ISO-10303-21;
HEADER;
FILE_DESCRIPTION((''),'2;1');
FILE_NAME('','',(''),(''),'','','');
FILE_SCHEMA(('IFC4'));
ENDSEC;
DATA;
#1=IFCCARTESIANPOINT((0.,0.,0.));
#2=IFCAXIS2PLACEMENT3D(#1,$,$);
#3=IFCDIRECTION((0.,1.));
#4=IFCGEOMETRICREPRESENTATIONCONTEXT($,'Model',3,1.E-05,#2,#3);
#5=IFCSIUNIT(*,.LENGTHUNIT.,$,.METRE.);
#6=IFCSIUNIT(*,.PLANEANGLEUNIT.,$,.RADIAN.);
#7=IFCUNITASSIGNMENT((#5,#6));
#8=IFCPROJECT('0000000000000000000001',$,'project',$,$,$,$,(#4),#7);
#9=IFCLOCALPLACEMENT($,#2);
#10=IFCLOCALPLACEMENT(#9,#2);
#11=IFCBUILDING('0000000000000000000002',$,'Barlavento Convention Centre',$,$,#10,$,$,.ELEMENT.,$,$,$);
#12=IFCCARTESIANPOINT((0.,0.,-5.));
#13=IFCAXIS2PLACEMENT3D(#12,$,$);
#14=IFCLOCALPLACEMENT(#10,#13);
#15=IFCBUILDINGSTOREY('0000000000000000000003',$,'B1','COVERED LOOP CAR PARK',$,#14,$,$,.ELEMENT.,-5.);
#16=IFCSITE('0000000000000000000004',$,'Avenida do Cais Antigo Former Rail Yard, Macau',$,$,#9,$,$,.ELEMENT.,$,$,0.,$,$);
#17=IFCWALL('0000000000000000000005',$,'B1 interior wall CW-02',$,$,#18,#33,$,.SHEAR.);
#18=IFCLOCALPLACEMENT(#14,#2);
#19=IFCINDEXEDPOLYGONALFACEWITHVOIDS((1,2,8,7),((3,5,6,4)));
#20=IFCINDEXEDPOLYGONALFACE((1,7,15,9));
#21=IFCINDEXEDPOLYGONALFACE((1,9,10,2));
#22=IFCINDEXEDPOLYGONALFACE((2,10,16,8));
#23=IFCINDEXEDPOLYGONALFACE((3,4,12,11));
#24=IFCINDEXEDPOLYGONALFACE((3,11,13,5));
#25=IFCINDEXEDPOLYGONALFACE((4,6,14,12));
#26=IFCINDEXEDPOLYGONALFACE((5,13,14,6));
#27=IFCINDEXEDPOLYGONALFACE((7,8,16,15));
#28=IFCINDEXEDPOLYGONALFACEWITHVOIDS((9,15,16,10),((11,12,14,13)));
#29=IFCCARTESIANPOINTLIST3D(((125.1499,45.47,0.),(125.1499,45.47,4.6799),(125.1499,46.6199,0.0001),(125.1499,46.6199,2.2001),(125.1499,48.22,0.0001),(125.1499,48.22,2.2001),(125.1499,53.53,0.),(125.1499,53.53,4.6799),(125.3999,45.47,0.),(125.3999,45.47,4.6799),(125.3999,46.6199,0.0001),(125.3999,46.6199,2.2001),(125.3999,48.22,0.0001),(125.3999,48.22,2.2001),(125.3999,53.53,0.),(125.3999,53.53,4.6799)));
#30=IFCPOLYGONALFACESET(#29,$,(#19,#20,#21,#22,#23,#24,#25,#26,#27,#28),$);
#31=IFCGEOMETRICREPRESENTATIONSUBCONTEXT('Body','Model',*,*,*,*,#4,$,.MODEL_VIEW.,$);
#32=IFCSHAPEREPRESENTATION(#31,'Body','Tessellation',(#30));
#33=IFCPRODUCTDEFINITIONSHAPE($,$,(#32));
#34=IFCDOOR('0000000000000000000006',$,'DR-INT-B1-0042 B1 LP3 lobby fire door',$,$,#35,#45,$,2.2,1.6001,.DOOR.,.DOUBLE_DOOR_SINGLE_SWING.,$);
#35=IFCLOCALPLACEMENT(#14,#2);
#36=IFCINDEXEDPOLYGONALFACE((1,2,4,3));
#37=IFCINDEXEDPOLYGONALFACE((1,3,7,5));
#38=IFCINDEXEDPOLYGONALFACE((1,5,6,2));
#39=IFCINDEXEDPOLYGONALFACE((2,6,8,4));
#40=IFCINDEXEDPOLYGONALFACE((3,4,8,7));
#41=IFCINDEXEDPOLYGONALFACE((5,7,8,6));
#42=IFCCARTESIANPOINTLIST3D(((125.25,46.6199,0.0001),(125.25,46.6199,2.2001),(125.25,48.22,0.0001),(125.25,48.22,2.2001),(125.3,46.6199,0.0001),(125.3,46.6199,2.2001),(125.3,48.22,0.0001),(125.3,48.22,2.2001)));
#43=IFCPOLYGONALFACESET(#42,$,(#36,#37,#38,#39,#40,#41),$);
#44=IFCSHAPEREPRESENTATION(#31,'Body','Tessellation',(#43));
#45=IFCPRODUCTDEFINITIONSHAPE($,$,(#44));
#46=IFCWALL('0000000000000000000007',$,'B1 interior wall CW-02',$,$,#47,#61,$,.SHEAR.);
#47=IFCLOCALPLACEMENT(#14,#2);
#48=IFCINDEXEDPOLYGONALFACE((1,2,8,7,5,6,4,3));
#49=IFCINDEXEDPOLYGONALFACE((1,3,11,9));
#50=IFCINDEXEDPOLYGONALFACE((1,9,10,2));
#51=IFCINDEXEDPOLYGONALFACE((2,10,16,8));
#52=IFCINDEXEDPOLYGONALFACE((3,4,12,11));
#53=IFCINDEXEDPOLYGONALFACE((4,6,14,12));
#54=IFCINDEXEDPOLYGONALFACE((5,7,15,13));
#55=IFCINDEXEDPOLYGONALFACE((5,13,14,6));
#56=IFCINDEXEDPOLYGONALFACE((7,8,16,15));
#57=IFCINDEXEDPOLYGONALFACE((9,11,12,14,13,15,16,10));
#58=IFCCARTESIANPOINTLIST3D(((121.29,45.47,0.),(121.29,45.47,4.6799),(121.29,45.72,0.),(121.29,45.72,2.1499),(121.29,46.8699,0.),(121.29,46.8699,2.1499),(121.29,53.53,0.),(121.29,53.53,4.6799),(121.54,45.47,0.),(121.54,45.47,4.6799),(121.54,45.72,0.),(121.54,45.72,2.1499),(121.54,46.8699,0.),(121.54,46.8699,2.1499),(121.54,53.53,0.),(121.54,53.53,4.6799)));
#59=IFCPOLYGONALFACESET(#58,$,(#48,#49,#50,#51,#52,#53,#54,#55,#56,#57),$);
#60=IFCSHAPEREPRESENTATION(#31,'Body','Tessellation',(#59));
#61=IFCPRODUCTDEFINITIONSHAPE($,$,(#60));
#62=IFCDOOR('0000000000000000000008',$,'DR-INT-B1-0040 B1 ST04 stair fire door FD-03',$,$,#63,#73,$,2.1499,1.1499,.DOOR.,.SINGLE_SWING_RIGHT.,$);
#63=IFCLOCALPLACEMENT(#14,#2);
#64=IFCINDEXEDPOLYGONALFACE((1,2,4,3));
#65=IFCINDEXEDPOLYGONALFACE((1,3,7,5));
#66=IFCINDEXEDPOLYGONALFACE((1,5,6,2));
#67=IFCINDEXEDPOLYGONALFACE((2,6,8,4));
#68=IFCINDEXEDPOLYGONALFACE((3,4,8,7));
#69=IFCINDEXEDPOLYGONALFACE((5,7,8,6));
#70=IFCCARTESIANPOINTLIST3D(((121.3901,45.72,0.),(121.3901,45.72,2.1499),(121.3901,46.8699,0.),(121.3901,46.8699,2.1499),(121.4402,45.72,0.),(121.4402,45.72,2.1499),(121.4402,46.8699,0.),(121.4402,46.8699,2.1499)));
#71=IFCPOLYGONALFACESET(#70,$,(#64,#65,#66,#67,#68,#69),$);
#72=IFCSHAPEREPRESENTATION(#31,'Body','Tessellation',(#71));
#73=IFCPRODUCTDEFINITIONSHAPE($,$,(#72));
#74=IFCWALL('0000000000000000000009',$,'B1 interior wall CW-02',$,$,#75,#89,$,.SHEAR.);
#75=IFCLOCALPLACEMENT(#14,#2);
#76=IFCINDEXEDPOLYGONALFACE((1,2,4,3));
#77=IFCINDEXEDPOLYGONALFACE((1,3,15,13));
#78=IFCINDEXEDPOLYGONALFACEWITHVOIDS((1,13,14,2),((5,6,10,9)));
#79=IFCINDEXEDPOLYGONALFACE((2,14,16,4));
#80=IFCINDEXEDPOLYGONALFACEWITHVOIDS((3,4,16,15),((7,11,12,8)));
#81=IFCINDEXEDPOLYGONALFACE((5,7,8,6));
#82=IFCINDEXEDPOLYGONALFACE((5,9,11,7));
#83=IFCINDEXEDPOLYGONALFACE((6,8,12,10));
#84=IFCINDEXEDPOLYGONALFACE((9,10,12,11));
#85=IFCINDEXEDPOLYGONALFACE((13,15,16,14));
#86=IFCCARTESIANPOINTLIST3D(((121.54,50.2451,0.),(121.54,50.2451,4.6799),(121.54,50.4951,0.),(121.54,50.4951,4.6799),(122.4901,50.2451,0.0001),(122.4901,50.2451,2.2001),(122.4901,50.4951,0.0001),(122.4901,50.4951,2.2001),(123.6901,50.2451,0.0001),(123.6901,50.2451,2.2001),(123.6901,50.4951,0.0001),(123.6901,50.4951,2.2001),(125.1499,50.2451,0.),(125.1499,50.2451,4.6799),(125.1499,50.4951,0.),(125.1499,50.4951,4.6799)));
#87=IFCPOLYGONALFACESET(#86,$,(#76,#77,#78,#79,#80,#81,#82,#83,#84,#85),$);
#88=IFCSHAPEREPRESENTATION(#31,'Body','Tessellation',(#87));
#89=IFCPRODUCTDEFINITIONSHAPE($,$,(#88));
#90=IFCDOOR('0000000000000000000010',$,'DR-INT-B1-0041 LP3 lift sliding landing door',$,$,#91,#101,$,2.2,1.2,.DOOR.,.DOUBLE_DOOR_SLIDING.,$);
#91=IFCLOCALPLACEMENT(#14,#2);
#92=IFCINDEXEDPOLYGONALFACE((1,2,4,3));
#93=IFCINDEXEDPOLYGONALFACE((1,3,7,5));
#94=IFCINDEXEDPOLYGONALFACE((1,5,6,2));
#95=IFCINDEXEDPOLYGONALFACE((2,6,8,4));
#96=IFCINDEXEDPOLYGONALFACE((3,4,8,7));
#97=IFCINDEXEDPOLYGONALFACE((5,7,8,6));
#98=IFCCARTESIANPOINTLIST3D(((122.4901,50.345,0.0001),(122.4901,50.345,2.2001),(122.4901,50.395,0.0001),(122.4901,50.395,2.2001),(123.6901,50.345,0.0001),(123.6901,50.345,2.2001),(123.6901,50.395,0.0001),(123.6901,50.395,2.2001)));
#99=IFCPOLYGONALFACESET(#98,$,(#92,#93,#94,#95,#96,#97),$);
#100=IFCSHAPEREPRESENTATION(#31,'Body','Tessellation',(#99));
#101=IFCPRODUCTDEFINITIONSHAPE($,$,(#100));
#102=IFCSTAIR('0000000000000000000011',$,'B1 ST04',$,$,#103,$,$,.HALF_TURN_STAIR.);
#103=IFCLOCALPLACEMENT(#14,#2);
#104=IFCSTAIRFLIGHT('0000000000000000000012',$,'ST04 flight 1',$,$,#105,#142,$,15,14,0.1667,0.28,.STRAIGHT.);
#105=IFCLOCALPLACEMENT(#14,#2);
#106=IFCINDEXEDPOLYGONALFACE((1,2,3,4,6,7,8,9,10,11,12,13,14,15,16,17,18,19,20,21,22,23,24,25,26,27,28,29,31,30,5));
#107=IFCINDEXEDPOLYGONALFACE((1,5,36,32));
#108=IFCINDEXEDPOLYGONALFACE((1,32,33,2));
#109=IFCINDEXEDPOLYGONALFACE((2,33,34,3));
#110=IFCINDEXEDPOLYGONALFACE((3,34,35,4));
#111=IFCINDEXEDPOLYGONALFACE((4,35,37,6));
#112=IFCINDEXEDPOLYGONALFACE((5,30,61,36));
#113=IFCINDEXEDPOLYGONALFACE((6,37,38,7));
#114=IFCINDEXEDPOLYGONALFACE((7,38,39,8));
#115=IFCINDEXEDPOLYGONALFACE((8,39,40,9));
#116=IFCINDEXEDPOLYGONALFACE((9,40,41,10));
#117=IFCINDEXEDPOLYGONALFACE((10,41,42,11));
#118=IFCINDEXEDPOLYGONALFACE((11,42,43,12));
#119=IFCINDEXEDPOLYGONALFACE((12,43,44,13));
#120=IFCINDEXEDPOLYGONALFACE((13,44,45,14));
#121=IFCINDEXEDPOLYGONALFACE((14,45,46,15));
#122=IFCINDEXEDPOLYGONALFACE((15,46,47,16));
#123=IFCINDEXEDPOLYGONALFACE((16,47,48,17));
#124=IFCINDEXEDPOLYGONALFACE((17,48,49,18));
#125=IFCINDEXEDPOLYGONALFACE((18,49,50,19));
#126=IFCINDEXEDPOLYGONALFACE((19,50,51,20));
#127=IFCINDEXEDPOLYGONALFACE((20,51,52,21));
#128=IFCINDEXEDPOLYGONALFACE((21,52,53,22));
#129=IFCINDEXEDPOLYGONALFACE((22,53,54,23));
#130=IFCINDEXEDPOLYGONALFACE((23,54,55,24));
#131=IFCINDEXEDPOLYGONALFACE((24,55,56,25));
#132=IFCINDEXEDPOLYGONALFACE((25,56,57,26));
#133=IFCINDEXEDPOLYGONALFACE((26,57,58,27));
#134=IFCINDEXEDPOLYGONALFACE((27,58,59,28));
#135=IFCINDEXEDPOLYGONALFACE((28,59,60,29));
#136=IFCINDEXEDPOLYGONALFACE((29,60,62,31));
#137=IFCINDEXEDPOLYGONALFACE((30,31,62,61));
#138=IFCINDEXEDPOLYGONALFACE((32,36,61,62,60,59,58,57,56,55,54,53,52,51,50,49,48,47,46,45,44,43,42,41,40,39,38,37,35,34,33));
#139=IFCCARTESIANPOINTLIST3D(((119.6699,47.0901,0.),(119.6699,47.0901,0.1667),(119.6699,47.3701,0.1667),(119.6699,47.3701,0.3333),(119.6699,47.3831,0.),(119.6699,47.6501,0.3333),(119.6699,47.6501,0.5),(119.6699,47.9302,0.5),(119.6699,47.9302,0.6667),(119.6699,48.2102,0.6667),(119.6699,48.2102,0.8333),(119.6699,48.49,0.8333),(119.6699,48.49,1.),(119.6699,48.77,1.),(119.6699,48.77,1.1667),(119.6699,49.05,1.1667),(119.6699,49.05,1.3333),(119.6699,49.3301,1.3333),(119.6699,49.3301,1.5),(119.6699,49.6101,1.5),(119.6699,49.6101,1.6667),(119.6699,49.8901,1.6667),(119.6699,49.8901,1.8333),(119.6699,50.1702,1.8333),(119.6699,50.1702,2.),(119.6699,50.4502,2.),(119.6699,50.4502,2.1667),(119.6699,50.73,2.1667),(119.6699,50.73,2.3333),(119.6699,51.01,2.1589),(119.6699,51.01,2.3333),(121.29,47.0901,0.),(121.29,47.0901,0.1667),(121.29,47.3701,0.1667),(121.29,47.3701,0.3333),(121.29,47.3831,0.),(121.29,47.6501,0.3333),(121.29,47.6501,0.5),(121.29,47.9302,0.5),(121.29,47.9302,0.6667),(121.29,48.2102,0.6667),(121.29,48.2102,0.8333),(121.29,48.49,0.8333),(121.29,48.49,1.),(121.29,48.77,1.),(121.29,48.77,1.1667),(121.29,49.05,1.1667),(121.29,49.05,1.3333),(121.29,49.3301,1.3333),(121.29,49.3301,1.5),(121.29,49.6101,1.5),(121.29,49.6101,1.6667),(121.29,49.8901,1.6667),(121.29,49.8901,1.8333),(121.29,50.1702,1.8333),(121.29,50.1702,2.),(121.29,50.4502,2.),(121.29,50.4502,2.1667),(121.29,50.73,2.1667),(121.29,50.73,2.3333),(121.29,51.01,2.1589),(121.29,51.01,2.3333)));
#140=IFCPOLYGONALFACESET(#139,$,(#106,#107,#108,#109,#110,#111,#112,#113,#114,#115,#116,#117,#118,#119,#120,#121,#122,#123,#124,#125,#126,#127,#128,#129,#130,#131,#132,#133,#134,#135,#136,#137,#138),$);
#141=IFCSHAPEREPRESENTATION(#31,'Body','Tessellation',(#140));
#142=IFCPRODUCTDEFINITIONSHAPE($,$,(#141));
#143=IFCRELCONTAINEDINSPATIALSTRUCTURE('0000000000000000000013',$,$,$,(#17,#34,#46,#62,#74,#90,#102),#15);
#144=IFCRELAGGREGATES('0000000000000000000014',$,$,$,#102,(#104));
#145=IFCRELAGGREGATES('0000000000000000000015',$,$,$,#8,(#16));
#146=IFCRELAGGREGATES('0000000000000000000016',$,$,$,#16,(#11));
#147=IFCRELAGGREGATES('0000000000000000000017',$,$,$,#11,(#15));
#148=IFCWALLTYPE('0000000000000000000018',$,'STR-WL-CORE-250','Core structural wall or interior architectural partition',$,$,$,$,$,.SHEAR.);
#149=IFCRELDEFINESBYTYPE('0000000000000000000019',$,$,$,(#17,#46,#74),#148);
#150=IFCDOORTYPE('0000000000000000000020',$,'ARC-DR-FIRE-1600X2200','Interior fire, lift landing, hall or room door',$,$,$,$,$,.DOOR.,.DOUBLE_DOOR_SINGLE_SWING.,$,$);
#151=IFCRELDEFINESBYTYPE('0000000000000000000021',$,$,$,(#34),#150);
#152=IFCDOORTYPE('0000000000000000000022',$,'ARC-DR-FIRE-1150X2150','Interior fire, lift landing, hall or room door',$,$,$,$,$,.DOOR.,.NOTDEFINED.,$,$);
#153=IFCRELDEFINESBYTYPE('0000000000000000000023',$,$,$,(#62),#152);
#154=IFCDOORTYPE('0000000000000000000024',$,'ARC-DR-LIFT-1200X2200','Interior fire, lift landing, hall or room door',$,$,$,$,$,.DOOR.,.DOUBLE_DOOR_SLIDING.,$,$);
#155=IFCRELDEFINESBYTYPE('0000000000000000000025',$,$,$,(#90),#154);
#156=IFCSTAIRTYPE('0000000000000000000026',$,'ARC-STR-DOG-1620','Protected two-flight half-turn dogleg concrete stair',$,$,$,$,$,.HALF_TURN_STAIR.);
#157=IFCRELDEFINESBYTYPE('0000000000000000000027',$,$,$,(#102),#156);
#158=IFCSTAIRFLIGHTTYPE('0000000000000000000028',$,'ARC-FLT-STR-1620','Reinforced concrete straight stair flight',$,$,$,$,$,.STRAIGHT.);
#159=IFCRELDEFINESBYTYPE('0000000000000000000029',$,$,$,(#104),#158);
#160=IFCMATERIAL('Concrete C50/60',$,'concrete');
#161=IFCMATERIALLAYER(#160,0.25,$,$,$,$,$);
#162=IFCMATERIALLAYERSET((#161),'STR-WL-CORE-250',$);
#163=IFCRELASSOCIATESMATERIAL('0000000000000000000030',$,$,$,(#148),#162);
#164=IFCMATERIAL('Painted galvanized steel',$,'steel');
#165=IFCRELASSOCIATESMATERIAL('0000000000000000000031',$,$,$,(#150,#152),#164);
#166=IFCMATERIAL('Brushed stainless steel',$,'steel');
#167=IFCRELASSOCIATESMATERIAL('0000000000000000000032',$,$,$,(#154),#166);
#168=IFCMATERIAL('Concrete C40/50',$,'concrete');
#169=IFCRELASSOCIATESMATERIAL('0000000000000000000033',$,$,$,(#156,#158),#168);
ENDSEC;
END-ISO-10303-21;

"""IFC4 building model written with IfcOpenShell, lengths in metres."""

from ifc_helpers import new_model, si_unit, direction, frame, frame_2d, origin, place, context, subcontext, project, spatial, polyline, rectangle, outline, extrude, material, layer, layer_set, type_object, element, fill, aggregate, save


model = new_model("IFC4")

# Units and contexts
model_context = context("Model", 3, precision=1e-05, world=origin(), true_north=direction((0.0, 1.0)))
body_context = subcontext(model_context, "Body", "Model", "MODEL_VIEW")
ifc_project = project(units=[si_unit("LENGTHUNIT", "METRE"), si_unit("PLANEANGLEUNIT", "RADIAN")], contexts=[model_context])

# Site, building, storey
site_placement = place(None, origin())
site = spatial("IfcSite", under=ifc_project, at=site_placement, Name="Avenida do Cais Antigo Former Rail Yard, Macau", CompositionType="ELEMENT", RefElevation=0.0)
building_placement = place(site_placement, origin())
building = spatial("IfcBuilding", under=site, at=building_placement, Name="Barlavento Convention Centre", CompositionType="ELEMENT")
storey_placement = place(building_placement, frame((0.0, 0.0, -5.0)))
storey = spatial("IfcBuildingStorey", under=building, at=storey_placement, Name="B1", Description="COVERED LOOP CAR PARK", CompositionType="ELEMENT", Elevation=-5.0)

# Shared definitions
ifc_material_1 = material(Name="Concrete C40/50", Category="concrete")

# Shared definitions
ifc_material_2 = material(Name="Concrete C50/60", Category="concrete")

# Walls, openings, doors
ifc_layer = layer(ifc_material_2, 0.25)
ifc_layer_set = layer_set([ifc_layer], Name="STR-WL-CORE-250")
wall_type = type_object("IfcWallType", Name="STR-WL-CORE-250", Description="Core structural wall or interior architectural partition", PredefinedType="SHEAR", material=ifc_layer_set)
wall_1_placement = place(storey_placement, frame((125.2749, 45.47, 0.0), z_axis=(0.0, 0.0, 1.0), x_axis=(0.0, 1.0, 0.0)))
wall_1 = element("IfcWall", 1, at=wall_1_placement, inside=storey, type_object=wall_type, Name="B1 interior wall CW-02", PredefinedType="SHEAR", context=body_context, shape_type="SweptSolid", body=[
    extrude(rectangle(XDim=8.0601, YDim=0.25, at=frame_2d((4.03, 0.0))), origin(), (0.0, 0.0, 1.0), 4.6799),
])
opening_1_placement = place(wall_1_placement, frame((1.1499, 0.0, 0.0)))
opening_1 = element("IfcOpeningElement", 2, at=opening_1_placement, cuts=wall_1, PredefinedType="OPENING", context=body_context, shape_type="SweptSolid", body=[
    extrude(rectangle(XDim=1.6001, YDim=2.2, at=frame_2d((0.8, 1.1001))), frame((0.0, 0.135, 0.0), z_axis=(0.0, -1.0, 0.0), x_axis=(1.0, 0.0, 0.0)), (0.0, 0.0, 1.0), 0.27),
])
ifc_material_3 = material(Name="Painted galvanized steel", Category="steel")
door_type_1 = type_object("IfcDoorType", Name="ARC-DR-FIRE-1600X2200", Description="Interior fire, lift landing, hall or room door", OperationType="DOUBLE_DOOR_SINGLE_SWING", PredefinedType="DOOR", material=ifc_material_3)
door_1_placement = place(opening_1_placement, origin())
door_1 = element("IfcDoor", 3, at=door_1_placement, inside=storey, type_object=door_type_1, Name="DR-INT-B1-0042 B1 LP3 lobby fire door", OperationType="DOUBLE_DOOR_SINGLE_SWING", OverallHeight=2.2, OverallWidth=1.6001, PredefinedType="DOOR", context=body_context, shape_type="SweptSolid", body=[
    extrude(rectangle(XDim=1.6001, YDim=2.2, at=frame_2d((0.8, 1.1001))), frame((0.0, 0.0249, 0.0), z_axis=(0.0, -1.0, 0.0), x_axis=(1.0, 0.0, 0.0)), (0.0, 0.0, 1.0), 0.05),
])
fill(opening_1, door_1)
wall_2_placement = place(storey_placement, frame((121.415, 45.47, 0.0), z_axis=(0.0, 0.0, 1.0), x_axis=(0.0, 1.0, 0.0)))
wall_2 = element("IfcWall", 4, at=wall_2_placement, inside=storey, type_object=wall_type, Name="B1 interior wall CW-02", PredefinedType="SHEAR", context=body_context, shape_type="SweptSolid", body=[
    extrude(rectangle(XDim=8.0601, YDim=0.25, at=frame_2d((4.03, 0.0))), origin(), (0.0, 0.0, 1.0), 4.6799),
])
opening_2_placement = place(wall_2_placement, frame((0.25, 0.0, 0.0)))
opening_2 = element("IfcOpeningElement", 5, at=opening_2_placement, cuts=wall_2, PredefinedType="OPENING", context=body_context, shape_type="SweptSolid", body=[
    extrude(rectangle(XDim=1.1499, YDim=2.1499, at=frame_2d((0.575, 1.075))), frame((0.0, 0.135, 0.0), z_axis=(0.0, -1.0, 0.0), x_axis=(1.0, 0.0, 0.0)), (0.0, 0.0, 1.0), 0.27),
])
door_type_2 = type_object("IfcDoorType", Name="ARC-DR-FIRE-1150X2150", Description="Interior fire, lift landing, hall or room door", OperationType="NOTDEFINED", PredefinedType="DOOR", material=ifc_material_3)
door_2_placement = place(opening_2_placement, origin())
door_2 = element("IfcDoor", 6, at=door_2_placement, inside=storey, type_object=door_type_2, Name="DR-INT-B1-0040 B1 ST04 stair fire door FD-03", OperationType="SINGLE_SWING_RIGHT", OverallHeight=2.1499, OverallWidth=1.1499, PredefinedType="DOOR", context=body_context, shape_type="SweptSolid", body=[
    extrude(rectangle(XDim=1.1499, YDim=2.1499, at=frame_2d((0.575, 1.075))), frame((0.0, 0.0249, 0.0), z_axis=(0.0, -1.0, 0.0), x_axis=(1.0, 0.0, 0.0)), (0.0, 0.0, 1.0), 0.05),
])
fill(opening_2, door_2)
wall_3_placement = place(storey_placement, frame((121.54, 50.3701, 0.0), z_axis=(0.0, 0.0, 1.0), x_axis=(1.0, 0.0, 0.0)))
wall_3 = element("IfcWall", 7, at=wall_3_placement, inside=storey, type_object=wall_type, Name="B1 interior wall CW-02", PredefinedType="SHEAR", context=body_context, shape_type="SweptSolid", body=[
    extrude(rectangle(XDim=3.6099, YDim=0.25, at=frame_2d((1.8049, 0.0))), origin(), (0.0, 0.0, 1.0), 4.6799),
])
opening_3_placement = place(wall_3_placement, frame((0.95, 0.0, 0.0)))
opening_3 = element("IfcOpeningElement", 8, at=opening_3_placement, cuts=wall_3, PredefinedType="OPENING", context=body_context, shape_type="SweptSolid", body=[
    extrude(rectangle(XDim=1.2, YDim=2.2, at=frame_2d((0.6001, 1.1001))), frame((0.0, 0.135, 0.0), z_axis=(0.0, -1.0, 0.0), x_axis=(1.0, 0.0, 0.0)), (0.0, 0.0, 1.0), 0.27),
])
ifc_material_4 = material(Name="Brushed stainless steel", Category="steel")
door_type_3 = type_object("IfcDoorType", Name="ARC-DR-LIFT-1200X2200", Description="Interior fire, lift landing, hall or room door", OperationType="DOUBLE_DOOR_SLIDING", PredefinedType="DOOR", material=ifc_material_4)
door_3_placement = place(opening_3_placement, origin())
door_3 = element("IfcDoor", 9, at=door_3_placement, inside=storey, type_object=door_type_3, Name="DR-INT-B1-0041 LP3 lift sliding landing door", OperationType="DOUBLE_DOOR_SLIDING", OverallHeight=2.2, OverallWidth=1.2, PredefinedType="DOOR", context=body_context, shape_type="SweptSolid", body=[
    extrude(rectangle(XDim=1.2, YDim=2.2, at=frame_2d((0.6001, 1.1001))), frame((0.0, 0.0249, 0.0), z_axis=(0.0, -1.0, 0.0), x_axis=(1.0, 0.0, 0.0)), (0.0, 0.0, 1.0), 0.05),
])
fill(opening_3, door_3)

# Stair, stair flight
stair_type = type_object("IfcStairType", Name="ARC-STR-DOG-1620", Description="Protected two-flight half-turn dogleg concrete stair", PredefinedType="HALF_TURN_STAIR", material=ifc_material_1)
stair_placement = place(storey_placement, origin())
stair = element("IfcStair", 10, at=stair_placement, inside=storey, type_object=stair_type, Name="B1 ST04", PredefinedType="HALF_TURN_STAIR")
stair_flight_type = type_object("IfcStairFlightType", Name="ARC-FLT-STR-1620", Description="Reinforced concrete straight stair flight", PredefinedType="STRAIGHT", material=ifc_material_1)
stair_flight_placement = place(storey_placement, frame((120.48, 47.0901, 0.0), z_axis=(0.0, 0.0, 1.0), x_axis=(0.0, 1.0, 0.0)))
stair_flight = element("IfcStairFlight", 11, at=stair_flight_placement, type_object=stair_flight_type, Name="ST04 flight 1", NumberOfRisers=15, NumberOfTreads=14, PredefinedType="STRAIGHT", RiserHeight=0.1667, TreadLength=0.28, context=body_context, shape_type="SweptSolid", body=[
    extrude(outline(polyline([(0.0, 0.0), (0.0, 0.1667), (0.28, 0.1667), (0.28, 0.3333), (0.5601, 0.3333), (0.5601, 0.5), (0.8401, 0.5), (0.8401, 0.6667), (1.1201, 0.6667), (1.1201, 0.8333), (1.3999, 0.8333), (1.3999, 1.0), (1.6799, 1.0), (1.6799, 1.1667), (1.96, 1.1667), (1.96, 1.3333), (2.24, 1.3333), (2.24, 1.5), (2.52, 1.5), (2.52, 1.6667), (2.8, 1.6667), (2.8, 1.8333), (3.0801, 1.8333), (3.0801, 2.0), (3.3601, 2.0), (3.3601, 2.1667), (3.6399, 2.1667), (3.6399, 2.3333), (3.9199, 2.3333), (3.9199, 2.5), (3.9199, 2.1589), (0.293, 0.0), (0.0, 0.0)])), frame((0.0, 0.8101, 0.0), z_axis=(0.0, -1.0, 0.0), x_axis=(1.0, 0.0, 0.0)), (0.0, 0.0, 1.0), 1.6201),
])
aggregate(stair, [stair_flight])

save(model, "model.ifc")
